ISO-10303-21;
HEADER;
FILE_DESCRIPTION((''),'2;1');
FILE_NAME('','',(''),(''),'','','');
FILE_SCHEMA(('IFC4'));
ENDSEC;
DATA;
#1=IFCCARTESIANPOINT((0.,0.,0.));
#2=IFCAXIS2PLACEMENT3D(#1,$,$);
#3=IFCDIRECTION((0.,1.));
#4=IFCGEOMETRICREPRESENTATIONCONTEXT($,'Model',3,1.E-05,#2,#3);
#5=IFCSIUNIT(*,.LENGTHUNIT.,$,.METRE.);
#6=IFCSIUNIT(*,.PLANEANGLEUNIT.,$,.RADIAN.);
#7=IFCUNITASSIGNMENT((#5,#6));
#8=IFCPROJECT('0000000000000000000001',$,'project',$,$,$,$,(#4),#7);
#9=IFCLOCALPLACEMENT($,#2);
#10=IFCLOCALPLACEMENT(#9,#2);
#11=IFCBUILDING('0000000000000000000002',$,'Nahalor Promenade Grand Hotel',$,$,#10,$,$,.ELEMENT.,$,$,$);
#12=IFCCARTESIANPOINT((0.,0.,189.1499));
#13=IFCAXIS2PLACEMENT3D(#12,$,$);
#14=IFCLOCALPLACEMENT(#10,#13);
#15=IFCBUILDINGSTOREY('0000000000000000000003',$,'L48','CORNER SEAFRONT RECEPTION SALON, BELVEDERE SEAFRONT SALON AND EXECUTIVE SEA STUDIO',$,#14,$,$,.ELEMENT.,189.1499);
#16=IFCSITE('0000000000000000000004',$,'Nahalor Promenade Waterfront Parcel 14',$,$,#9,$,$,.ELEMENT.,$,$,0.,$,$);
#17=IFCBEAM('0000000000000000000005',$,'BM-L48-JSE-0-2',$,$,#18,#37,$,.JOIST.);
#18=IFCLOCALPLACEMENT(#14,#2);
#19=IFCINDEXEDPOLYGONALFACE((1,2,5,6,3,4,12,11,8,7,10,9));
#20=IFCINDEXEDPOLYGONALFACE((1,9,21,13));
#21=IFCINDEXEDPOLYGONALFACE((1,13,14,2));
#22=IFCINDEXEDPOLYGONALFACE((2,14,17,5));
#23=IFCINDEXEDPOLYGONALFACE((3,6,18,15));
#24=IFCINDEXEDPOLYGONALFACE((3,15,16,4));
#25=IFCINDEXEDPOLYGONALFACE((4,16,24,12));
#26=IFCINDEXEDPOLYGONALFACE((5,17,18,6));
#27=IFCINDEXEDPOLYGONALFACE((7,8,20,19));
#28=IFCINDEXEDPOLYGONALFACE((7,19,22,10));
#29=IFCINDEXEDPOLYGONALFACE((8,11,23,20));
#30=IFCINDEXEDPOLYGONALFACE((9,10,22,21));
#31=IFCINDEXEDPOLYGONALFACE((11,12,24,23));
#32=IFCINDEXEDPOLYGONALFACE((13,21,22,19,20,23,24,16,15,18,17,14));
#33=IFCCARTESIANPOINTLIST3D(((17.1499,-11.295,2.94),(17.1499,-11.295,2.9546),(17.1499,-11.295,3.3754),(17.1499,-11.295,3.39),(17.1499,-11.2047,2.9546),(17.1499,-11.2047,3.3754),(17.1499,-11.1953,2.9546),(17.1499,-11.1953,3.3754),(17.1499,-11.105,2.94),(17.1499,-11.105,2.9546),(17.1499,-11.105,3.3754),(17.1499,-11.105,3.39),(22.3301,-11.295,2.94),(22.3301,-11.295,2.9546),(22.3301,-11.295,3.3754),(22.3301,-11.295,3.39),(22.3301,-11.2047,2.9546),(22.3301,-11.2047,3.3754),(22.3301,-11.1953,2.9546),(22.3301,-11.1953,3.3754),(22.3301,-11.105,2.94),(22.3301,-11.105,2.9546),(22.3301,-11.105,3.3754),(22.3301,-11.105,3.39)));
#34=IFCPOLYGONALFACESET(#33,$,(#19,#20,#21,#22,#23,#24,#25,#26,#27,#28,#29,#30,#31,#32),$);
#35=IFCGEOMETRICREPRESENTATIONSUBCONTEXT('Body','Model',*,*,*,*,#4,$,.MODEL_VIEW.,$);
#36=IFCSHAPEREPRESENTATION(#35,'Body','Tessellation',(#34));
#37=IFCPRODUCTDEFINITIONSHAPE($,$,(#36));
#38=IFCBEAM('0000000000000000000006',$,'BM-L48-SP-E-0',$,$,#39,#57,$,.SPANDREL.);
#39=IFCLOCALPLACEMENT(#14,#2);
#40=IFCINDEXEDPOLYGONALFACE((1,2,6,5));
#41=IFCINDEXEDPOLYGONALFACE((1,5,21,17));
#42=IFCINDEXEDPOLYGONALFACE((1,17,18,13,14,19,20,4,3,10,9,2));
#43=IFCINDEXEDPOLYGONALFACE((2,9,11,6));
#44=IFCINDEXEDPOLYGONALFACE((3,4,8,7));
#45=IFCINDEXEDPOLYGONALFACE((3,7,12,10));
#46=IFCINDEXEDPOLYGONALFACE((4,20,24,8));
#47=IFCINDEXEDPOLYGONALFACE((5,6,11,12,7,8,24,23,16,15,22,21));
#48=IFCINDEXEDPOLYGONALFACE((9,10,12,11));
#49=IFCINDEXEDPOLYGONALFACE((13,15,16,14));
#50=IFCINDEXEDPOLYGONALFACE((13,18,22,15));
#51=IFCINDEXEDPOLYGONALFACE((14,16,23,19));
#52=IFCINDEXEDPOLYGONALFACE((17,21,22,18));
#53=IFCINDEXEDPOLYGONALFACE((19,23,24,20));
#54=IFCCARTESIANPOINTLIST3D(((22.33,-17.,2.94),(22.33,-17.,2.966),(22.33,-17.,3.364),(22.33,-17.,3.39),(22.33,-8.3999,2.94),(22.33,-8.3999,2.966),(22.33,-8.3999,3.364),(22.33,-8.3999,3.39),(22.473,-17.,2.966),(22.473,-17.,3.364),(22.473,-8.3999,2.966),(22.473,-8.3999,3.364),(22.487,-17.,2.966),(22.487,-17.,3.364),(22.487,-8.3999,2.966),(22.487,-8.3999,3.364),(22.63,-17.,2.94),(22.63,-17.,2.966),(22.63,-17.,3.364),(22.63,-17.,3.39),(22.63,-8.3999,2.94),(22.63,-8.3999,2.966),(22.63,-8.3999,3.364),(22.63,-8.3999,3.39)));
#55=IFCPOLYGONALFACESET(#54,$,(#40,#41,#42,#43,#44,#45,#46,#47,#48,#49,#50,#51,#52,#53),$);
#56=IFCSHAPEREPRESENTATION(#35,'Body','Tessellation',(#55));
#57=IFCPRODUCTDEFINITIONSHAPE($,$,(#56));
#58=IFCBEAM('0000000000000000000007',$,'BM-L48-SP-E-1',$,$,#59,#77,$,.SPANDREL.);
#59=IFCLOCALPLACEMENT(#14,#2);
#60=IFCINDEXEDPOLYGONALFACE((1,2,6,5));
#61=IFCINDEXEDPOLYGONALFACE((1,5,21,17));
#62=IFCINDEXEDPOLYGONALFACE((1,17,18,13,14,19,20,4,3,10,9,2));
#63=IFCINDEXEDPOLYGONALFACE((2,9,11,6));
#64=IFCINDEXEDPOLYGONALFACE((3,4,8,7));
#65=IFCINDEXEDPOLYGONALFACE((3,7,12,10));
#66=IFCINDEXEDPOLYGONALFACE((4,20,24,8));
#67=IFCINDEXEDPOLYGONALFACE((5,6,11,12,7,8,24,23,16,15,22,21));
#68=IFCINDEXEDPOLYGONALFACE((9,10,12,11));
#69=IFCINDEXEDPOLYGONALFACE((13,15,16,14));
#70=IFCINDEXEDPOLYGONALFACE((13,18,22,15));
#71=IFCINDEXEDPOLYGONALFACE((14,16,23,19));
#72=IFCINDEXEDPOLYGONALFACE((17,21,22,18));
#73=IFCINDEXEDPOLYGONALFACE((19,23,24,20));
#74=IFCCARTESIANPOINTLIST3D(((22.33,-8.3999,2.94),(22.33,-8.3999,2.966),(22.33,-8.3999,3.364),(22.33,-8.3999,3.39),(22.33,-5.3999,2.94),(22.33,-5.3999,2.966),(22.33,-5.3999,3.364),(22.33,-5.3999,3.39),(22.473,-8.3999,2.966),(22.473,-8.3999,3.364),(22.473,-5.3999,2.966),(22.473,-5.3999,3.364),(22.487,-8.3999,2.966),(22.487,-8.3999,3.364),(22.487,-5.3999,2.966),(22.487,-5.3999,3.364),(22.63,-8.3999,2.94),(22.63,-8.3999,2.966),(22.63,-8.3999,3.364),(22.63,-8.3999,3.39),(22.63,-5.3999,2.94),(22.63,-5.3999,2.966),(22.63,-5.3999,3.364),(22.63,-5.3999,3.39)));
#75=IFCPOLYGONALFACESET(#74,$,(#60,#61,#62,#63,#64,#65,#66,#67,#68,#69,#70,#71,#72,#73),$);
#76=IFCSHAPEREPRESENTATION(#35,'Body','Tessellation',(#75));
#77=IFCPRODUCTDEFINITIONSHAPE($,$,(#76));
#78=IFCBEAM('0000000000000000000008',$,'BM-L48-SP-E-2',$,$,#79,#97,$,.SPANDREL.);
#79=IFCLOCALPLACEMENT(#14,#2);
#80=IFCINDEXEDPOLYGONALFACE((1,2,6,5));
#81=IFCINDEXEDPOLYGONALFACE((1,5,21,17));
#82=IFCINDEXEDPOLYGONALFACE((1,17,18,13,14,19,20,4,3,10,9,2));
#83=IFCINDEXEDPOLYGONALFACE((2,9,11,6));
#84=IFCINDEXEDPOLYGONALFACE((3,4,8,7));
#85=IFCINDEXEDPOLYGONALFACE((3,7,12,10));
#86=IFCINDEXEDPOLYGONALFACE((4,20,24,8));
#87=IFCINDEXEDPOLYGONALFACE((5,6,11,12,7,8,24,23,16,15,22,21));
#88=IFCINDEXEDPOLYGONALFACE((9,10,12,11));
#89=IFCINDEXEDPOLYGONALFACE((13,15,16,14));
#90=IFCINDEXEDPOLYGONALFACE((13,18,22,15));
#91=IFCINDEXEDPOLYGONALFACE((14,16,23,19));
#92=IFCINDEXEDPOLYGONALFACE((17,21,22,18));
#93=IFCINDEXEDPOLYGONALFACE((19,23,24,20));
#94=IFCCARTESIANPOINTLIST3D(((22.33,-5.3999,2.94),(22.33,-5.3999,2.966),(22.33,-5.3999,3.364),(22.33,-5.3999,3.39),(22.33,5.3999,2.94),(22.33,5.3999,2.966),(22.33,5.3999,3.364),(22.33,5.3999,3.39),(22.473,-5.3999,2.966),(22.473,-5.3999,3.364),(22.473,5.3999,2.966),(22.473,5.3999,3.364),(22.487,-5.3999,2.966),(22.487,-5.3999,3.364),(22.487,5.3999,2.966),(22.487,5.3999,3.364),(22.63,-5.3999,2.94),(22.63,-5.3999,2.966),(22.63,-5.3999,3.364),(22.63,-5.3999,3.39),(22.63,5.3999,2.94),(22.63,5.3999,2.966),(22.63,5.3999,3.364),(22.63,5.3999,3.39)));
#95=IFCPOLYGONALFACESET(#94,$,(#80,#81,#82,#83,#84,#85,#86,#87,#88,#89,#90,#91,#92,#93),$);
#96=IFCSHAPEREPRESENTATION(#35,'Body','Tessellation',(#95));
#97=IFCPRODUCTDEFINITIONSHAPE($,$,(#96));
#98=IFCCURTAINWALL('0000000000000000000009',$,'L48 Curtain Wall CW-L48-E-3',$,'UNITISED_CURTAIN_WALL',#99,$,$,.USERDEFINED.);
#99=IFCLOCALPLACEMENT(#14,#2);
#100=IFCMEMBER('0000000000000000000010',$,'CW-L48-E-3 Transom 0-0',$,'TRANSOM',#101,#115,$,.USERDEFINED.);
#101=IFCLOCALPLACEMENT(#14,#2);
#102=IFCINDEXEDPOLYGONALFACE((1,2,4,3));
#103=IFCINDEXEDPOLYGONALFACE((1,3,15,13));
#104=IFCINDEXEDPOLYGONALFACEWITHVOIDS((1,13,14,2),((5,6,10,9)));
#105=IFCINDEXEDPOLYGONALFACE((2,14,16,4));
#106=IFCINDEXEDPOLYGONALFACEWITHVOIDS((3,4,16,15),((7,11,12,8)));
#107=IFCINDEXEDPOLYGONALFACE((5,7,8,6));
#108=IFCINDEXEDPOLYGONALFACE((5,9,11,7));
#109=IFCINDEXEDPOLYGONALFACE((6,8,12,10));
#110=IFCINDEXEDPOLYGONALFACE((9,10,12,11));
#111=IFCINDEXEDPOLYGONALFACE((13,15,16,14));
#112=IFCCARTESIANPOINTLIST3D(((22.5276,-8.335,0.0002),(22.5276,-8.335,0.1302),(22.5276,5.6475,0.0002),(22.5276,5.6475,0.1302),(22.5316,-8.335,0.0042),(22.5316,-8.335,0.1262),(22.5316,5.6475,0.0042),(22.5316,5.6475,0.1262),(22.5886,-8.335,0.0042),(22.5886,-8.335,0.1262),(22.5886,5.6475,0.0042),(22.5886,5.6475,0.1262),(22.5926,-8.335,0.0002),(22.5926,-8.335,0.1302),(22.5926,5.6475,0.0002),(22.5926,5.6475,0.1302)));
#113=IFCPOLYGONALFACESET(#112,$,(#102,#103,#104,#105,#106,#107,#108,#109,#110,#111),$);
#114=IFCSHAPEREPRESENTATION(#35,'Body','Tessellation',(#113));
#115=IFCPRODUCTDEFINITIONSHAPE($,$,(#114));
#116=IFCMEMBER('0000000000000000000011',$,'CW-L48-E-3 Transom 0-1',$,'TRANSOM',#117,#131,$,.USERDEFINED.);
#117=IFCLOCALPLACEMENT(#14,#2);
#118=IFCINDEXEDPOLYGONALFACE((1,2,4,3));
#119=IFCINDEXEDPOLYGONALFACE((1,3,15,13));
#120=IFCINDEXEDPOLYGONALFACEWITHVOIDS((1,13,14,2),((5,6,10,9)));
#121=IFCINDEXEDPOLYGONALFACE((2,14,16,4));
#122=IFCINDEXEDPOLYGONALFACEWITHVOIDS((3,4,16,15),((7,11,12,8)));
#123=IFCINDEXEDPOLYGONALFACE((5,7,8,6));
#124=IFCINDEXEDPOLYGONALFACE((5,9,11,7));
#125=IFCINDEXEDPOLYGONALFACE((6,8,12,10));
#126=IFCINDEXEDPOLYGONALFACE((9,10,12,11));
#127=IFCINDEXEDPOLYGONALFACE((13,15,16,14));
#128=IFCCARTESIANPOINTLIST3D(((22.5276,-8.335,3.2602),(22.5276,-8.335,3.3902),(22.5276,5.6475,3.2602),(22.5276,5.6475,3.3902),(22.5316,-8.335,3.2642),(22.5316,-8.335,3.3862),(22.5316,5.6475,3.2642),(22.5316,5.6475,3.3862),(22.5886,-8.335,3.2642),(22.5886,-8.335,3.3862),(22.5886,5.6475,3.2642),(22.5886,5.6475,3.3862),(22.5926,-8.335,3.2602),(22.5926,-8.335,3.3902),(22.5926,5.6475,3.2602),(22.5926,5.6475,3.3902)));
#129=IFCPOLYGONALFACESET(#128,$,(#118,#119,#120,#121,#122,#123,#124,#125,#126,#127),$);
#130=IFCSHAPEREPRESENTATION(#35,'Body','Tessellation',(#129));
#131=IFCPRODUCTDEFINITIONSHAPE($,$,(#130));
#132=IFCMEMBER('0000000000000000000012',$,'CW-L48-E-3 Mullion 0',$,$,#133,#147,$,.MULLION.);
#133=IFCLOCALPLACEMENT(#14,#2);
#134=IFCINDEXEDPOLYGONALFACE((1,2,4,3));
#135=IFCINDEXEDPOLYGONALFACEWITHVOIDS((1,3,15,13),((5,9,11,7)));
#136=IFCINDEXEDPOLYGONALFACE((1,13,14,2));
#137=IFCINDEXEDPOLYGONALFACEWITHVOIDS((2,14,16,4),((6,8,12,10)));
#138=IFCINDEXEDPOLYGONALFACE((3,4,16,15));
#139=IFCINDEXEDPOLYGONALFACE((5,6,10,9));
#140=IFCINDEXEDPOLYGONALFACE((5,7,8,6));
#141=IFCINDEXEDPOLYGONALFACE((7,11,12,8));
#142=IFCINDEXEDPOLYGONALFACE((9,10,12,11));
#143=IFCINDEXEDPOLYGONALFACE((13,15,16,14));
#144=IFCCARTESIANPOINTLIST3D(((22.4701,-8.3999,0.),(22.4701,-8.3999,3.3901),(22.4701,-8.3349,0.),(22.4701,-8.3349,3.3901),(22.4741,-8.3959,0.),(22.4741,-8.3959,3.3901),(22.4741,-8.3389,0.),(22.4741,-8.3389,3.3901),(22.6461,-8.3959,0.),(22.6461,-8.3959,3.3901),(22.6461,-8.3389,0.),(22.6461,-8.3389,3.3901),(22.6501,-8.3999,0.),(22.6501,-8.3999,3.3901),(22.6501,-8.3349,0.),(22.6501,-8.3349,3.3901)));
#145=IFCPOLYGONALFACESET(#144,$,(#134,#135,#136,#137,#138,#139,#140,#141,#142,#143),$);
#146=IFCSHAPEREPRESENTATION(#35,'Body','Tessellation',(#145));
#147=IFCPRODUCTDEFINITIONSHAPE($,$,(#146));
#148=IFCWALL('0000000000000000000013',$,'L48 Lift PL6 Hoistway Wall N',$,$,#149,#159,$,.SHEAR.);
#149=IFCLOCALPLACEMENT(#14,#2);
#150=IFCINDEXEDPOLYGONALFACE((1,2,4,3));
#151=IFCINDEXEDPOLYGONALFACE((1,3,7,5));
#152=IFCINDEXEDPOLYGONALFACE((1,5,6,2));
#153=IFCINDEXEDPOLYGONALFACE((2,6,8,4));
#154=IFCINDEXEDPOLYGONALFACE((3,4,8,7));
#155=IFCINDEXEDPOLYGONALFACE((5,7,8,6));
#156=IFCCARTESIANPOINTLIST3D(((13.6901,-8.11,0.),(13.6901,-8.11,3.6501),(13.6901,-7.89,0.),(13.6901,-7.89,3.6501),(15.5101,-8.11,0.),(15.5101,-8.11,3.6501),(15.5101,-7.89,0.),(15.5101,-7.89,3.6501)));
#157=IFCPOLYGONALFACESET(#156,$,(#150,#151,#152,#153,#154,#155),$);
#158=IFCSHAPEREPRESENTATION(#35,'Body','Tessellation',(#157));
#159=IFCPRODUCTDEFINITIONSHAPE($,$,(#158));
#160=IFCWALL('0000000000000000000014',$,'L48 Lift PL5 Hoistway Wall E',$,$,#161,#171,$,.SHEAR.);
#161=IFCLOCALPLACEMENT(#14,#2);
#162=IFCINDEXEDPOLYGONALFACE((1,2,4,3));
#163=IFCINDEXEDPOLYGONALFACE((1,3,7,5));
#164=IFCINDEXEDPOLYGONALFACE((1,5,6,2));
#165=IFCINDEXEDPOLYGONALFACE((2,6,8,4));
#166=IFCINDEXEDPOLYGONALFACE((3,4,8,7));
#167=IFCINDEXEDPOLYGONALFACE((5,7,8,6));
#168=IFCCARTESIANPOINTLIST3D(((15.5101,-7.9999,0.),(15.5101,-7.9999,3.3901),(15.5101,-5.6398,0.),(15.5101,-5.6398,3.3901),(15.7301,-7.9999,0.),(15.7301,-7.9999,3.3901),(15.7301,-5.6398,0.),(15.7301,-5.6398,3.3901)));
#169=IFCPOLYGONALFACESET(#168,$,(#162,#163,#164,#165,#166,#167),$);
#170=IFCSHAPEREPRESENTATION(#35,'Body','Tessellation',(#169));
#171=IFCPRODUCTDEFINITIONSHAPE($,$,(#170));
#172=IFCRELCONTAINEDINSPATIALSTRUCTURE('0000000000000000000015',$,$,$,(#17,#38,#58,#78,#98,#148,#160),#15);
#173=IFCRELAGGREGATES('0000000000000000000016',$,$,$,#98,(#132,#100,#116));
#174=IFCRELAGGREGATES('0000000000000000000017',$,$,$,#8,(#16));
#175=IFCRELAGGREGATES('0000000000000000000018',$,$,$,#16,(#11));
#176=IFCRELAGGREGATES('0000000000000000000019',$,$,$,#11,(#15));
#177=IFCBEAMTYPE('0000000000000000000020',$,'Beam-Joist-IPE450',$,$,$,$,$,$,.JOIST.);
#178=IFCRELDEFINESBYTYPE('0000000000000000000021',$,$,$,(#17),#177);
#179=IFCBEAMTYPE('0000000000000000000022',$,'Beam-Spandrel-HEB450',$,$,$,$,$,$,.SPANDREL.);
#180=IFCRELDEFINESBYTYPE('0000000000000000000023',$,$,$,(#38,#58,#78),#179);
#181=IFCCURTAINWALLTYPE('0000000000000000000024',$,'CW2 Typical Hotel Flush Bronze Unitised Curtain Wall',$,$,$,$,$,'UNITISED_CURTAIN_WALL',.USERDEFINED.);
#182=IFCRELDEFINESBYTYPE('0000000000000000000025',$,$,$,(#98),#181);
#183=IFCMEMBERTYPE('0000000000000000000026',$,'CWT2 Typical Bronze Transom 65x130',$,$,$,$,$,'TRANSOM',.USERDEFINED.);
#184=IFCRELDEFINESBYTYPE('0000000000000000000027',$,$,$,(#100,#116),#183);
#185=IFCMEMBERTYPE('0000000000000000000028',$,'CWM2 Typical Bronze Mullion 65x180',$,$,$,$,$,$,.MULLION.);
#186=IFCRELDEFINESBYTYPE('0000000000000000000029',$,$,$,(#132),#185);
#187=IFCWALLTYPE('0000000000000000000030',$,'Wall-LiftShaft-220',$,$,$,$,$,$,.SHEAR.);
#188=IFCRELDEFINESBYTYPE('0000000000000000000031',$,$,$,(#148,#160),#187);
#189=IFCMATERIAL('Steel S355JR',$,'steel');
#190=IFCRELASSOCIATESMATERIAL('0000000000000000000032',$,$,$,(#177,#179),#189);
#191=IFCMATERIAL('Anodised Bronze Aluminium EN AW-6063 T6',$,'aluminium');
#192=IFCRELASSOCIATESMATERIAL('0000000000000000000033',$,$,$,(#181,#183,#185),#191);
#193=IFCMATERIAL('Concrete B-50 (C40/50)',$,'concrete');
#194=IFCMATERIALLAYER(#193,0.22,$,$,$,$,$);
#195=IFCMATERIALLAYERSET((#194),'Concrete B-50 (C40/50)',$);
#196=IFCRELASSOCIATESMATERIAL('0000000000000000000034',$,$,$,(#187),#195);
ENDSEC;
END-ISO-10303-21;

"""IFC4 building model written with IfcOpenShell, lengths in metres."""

from ifc_helpers import new_model, si_unit, direction, frame, frame_2d, origin, origin_2d, place, context, subcontext, project, spatial, rectangle, hollow_rectangle, i_section, extrude, source, transform, mapped, material, layer, layer_set, material_profile, profile_set, type_object, element, aggregate, save


model = new_model("IFC4")

# Units and contexts
model_context = context("Model", 3, precision=1e-05, world=origin(), true_north=direction((0.0, 1.0)))
body_context = subcontext(model_context, "Body", "Model", "MODEL_VIEW")
ifc_project = project(units=[si_unit("LENGTHUNIT", "METRE"), si_unit("PLANEANGLEUNIT", "RADIAN")], contexts=[model_context])

# Site, building, storey
site_placement = place(None, origin())
site = spatial("IfcSite", under=ifc_project, at=site_placement, Name="Nahalor Promenade Waterfront Parcel 14", CompositionType="ELEMENT", RefElevation=0.0)
building_placement = place(site_placement, origin())
building = spatial("IfcBuilding", under=site, at=building_placement, Name="Nahalor Promenade Grand Hotel", CompositionType="ELEMENT")
storey_placement = place(building_placement, frame((0.0, 0.0, 189.1499)))
storey = spatial("IfcBuildingStorey", under=building, at=storey_placement, Name="L48", Description="CORNER SEAFRONT RECEPTION SALON, BELVEDERE SEAFRONT SALON AND EXECUTIVE SEA STUDIO", CompositionType="ELEMENT", Elevation=189.1499)

# Beams
ifc_material_1 = material(Name="Steel S355JR", Category="steel")
ifc_material_profile_1 = material_profile(ifc_material_1, i_section(OverallWidth=0.19, OverallDepth=0.45, WebThickness=0.0094, FlangeThickness=0.0146, at=origin_2d()), Name="IPE 450")
ifc_profile_set_1 = profile_set([ifc_material_profile_1], Name="Steel S355JR")
beam_type_1 = type_object("IfcBeamType", Name="Beam-Joist-IPE450", PredefinedType="JOIST", material=ifc_profile_set_1)
shared_shape_1 = source(origin(), body_context, "Body", "SweptSolid", [
    extrude(i_section(OverallWidth=0.19, OverallDepth=0.45, WebThickness=0.0094, FlangeThickness=0.0146, at=origin_2d()), origin(), (0.0, 0.0, 1.0), 5.1802),
])
beam_1_placement = place(storey_placement, frame((17.1499, -11.2, 3.165), z_axis=(1.0, 0.0, 0.0), x_axis=(0.0, 1.0, 0.0)))
element("IfcBeam", 1, at=beam_1_placement, inside=storey, type_object=beam_type_1, Name="BM-L48-JSE-0-2", PredefinedType="JOIST", context=body_context, shape_type="MappedRepresentation", body=[
    mapped(shared_shape_1, transform((0.0, 0.0, 0.0), scale=1.0)),
])
ifc_material_profile_2 = material_profile(ifc_material_1, i_section(OverallWidth=0.3, OverallDepth=0.45, WebThickness=0.014, FlangeThickness=0.026, at=origin_2d()), Name="HEB 450")
ifc_profile_set_2 = profile_set([ifc_material_profile_2], Name="Steel S355JR")
beam_type_2 = type_object("IfcBeamType", Name="Beam-Spandrel-HEB450", PredefinedType="SPANDREL", material=ifc_profile_set_2)
shared_shape_2 = source(origin(), body_context, "Body", "SweptSolid", [
    extrude(i_section(OverallWidth=0.3, OverallDepth=0.45, WebThickness=0.014, FlangeThickness=0.026, at=origin_2d()), origin(), (0.0, 0.0, 1.0), 8.6001),
])
beam_2_placement = place(storey_placement, frame((22.48, -17.0, 3.165), z_axis=(0.0, 1.0, 0.0), x_axis=(-1.0, 0.0, 0.0)))
element("IfcBeam", 2, at=beam_2_placement, inside=storey, type_object=beam_type_2, Name="BM-L48-SP-E-0", PredefinedType="SPANDREL", context=body_context, shape_type="MappedRepresentation", body=[
    mapped(shared_shape_2, transform((0.0, 0.0, 0.0), scale=1.0)),
])
shared_shape_3 = source(origin(), body_context, "Body", "SweptSolid", [
    extrude(i_section(OverallWidth=0.3, OverallDepth=0.45, WebThickness=0.014, FlangeThickness=0.026, at=origin_2d()), origin(), (0.0, 0.0, 1.0), 3.0),
])
beam_3_placement = place(storey_placement, frame((22.48, -8.3999, 3.165), z_axis=(0.0, 1.0, 0.0), x_axis=(-1.0, 0.0, 0.0)))
element("IfcBeam", 3, at=beam_3_placement, inside=storey, type_object=beam_type_2, Name="BM-L48-SP-E-1", PredefinedType="SPANDREL", context=body_context, shape_type="MappedRepresentation", body=[
    mapped(shared_shape_3, transform((0.0, 0.0, 0.0), scale=1.0)),
])
shared_shape_4 = source(origin(), body_context, "Body", "SweptSolid", [
    extrude(i_section(OverallWidth=0.3, OverallDepth=0.45, WebThickness=0.014, FlangeThickness=0.026, at=origin_2d()), origin(), (0.0, 0.0, 1.0), 10.7998),
])
beam_4_placement = place(storey_placement, frame((22.48, -5.3999, 3.165), z_axis=(0.0, 1.0, 0.0), x_axis=(-1.0, 0.0, 0.0)))
element("IfcBeam", 4, at=beam_4_placement, inside=storey, type_object=beam_type_2, Name="BM-L48-SP-E-2", PredefinedType="SPANDREL", context=body_context, shape_type="MappedRepresentation", body=[
    mapped(shared_shape_4, transform((0.0, 0.0, 0.0), scale=1.0)),
])

# Curtain wall, members
ifc_material_2 = material(Name="Anodised Bronze Aluminium EN AW-6063 T6", Category="aluminium")
curtain_wall_type = type_object("IfcCurtainWallType", Name="CW2 Typical Hotel Flush Bronze Unitised Curtain Wall", ElementType="UNITISED_CURTAIN_WALL", PredefinedType="USERDEFINED", material=ifc_material_2)
curtain_wall_placement = place(storey_placement, origin())
curtain_wall = element("IfcCurtainWall", 5, at=curtain_wall_placement, inside=storey, type_object=curtain_wall_type, Name="L48 Curtain Wall CW-L48-E-3", ObjectType="UNITISED_CURTAIN_WALL", PredefinedType="USERDEFINED")
ifc_material_profile_3 = material_profile(ifc_material_2, hollow_rectangle(XDim=0.065, YDim=0.13, WallThickness=0.004, at=origin_2d()), Name="CWT 65x130x4")
ifc_profile_set_3 = profile_set([ifc_material_profile_3], Name="Anodised Bronze Aluminium EN AW-6063 T6")
member_type_1 = type_object("IfcMemberType", Name="CWT2 Typical Bronze Transom 65x130", ElementType="TRANSOM", PredefinedType="USERDEFINED", material=ifc_profile_set_3)
shared_shape_5 = source(origin(), body_context, "Body", "SweptSolid", [
    extrude(hollow_rectangle(XDim=0.065, YDim=0.13, WallThickness=0.004, at=origin_2d()), origin(), (0.0, 0.0, 1.0), 13.9824),
])
member_1_placement = place(storey_placement, frame((22.5601, -8.335, 0.0652), z_axis=(0.0, 1.0, 0.0), x_axis=(-1.0, 0.0, 0.0)))
member_1 = element("IfcMember", 6, at=member_1_placement, type_object=member_type_1, Name="CW-L48-E-3 Transom 0-0", ObjectType="TRANSOM", PredefinedType="USERDEFINED", context=body_context, shape_type="MappedRepresentation", body=[
    mapped(shared_shape_5, transform((0.0, 0.0, 0.0), scale=1.0)),
])
member_2_placement = place(storey_placement, frame((22.5601, -8.335, 3.3252), z_axis=(0.0, 1.0, 0.0), x_axis=(-1.0, 0.0, 0.0)))
member_2 = element("IfcMember", 7, at=member_2_placement, type_object=member_type_1, Name="CW-L48-E-3 Transom 0-1", ObjectType="TRANSOM", PredefinedType="USERDEFINED", context=body_context, shape_type="MappedRepresentation", body=[
    mapped(shared_shape_5, transform((0.0, 0.0, 0.0), scale=1.0)),
])
ifc_material_profile_4 = material_profile(ifc_material_2, hollow_rectangle(XDim=0.065, YDim=0.18, WallThickness=0.004, at=origin_2d()), Name="CWM 65x180x4")
ifc_profile_set_4 = profile_set([ifc_material_profile_4], Name="Anodised Bronze Aluminium EN AW-6063 T6")
member_type_2 = type_object("IfcMemberType", Name="CWM2 Typical Bronze Mullion 65x180", PredefinedType="MULLION", material=ifc_profile_set_4)
shared_shape_6 = source(origin(), body_context, "Body", "SweptSolid", [
    extrude(hollow_rectangle(XDim=0.065, YDim=0.18, WallThickness=0.004, at=origin_2d()), origin(), (0.0, 0.0, 1.0), 3.3901),
])
member_3_placement = place(storey_placement, frame((22.5601, -8.3674, 0.0), z_axis=(0.0, 0.0, 1.0), x_axis=(0.0, 1.0, 0.0)))
member_3 = element("IfcMember", 8, at=member_3_placement, type_object=member_type_2, Name="CW-L48-E-3 Mullion 0", PredefinedType="MULLION", context=body_context, shape_type="MappedRepresentation", body=[
    mapped(shared_shape_6, transform((0.0, 0.0, 0.0), scale=1.0)),
])
aggregate(curtain_wall, [member_3, member_1, member_2])

# Walls
ifc_material_3 = material(Name="Concrete B-50 (C40/50)", Category="concrete")
ifc_layer_1 = layer(ifc_material_3, 0.22)
ifc_layer_set_1 = layer_set([ifc_layer_1], Name="Concrete B-50 (C40/50)")
wall_type_1 = type_object("IfcWallType", Name="Wall-LiftShaft-220", PredefinedType="SHEAR", material=ifc_layer_set_1)
shared_shape_7 = source(origin(), body_context, "Body", "SweptSolid", [
    extrude(rectangle(XDim=1.8201, YDim=0.22, at=frame_2d((0.9102, 0.0))), origin(), (0.0, 0.0, 1.0), 3.6501),
])
wall_1_placement = place(storey_placement, frame((13.6899, -8.0, 0.0), z_axis=(0.0, 0.0, 1.0), x_axis=(1.0, 0.0, 0.0)))
element("IfcWall", 9, at=wall_1_placement, inside=storey, type_object=wall_type_1, Name="L48 Lift PL6 Hoistway Wall N", PredefinedType="SHEAR", context=body_context, shape_type="MappedRepresentation", body=[
    mapped(shared_shape_7, transform((0.0, 0.0, 0.0), scale=1.0)),
])
shared_shape_8 = source(origin(), body_context, "Body", "SweptSolid", [
    extrude(rectangle(XDim=2.3601, YDim=0.22, at=frame_2d((1.1802, 0.0))), origin(), (0.0, 0.0, 1.0), 3.3901),
])
wall_2_placement = place(storey_placement, frame((15.6201, -8.0, 0.0), z_axis=(0.0, 0.0, 1.0), x_axis=(0.0, 1.0, 0.0)))
element("IfcWall", 10, at=wall_2_placement, inside=storey, type_object=wall_type_1, Name="L48 Lift PL5 Hoistway Wall E", PredefinedType="SHEAR", context=body_context, shape_type="MappedRepresentation", body=[
    mapped(shared_shape_8, transform((0.0, 0.0, 0.0), scale=1.0)),
])

save(model, "model.ifc")
